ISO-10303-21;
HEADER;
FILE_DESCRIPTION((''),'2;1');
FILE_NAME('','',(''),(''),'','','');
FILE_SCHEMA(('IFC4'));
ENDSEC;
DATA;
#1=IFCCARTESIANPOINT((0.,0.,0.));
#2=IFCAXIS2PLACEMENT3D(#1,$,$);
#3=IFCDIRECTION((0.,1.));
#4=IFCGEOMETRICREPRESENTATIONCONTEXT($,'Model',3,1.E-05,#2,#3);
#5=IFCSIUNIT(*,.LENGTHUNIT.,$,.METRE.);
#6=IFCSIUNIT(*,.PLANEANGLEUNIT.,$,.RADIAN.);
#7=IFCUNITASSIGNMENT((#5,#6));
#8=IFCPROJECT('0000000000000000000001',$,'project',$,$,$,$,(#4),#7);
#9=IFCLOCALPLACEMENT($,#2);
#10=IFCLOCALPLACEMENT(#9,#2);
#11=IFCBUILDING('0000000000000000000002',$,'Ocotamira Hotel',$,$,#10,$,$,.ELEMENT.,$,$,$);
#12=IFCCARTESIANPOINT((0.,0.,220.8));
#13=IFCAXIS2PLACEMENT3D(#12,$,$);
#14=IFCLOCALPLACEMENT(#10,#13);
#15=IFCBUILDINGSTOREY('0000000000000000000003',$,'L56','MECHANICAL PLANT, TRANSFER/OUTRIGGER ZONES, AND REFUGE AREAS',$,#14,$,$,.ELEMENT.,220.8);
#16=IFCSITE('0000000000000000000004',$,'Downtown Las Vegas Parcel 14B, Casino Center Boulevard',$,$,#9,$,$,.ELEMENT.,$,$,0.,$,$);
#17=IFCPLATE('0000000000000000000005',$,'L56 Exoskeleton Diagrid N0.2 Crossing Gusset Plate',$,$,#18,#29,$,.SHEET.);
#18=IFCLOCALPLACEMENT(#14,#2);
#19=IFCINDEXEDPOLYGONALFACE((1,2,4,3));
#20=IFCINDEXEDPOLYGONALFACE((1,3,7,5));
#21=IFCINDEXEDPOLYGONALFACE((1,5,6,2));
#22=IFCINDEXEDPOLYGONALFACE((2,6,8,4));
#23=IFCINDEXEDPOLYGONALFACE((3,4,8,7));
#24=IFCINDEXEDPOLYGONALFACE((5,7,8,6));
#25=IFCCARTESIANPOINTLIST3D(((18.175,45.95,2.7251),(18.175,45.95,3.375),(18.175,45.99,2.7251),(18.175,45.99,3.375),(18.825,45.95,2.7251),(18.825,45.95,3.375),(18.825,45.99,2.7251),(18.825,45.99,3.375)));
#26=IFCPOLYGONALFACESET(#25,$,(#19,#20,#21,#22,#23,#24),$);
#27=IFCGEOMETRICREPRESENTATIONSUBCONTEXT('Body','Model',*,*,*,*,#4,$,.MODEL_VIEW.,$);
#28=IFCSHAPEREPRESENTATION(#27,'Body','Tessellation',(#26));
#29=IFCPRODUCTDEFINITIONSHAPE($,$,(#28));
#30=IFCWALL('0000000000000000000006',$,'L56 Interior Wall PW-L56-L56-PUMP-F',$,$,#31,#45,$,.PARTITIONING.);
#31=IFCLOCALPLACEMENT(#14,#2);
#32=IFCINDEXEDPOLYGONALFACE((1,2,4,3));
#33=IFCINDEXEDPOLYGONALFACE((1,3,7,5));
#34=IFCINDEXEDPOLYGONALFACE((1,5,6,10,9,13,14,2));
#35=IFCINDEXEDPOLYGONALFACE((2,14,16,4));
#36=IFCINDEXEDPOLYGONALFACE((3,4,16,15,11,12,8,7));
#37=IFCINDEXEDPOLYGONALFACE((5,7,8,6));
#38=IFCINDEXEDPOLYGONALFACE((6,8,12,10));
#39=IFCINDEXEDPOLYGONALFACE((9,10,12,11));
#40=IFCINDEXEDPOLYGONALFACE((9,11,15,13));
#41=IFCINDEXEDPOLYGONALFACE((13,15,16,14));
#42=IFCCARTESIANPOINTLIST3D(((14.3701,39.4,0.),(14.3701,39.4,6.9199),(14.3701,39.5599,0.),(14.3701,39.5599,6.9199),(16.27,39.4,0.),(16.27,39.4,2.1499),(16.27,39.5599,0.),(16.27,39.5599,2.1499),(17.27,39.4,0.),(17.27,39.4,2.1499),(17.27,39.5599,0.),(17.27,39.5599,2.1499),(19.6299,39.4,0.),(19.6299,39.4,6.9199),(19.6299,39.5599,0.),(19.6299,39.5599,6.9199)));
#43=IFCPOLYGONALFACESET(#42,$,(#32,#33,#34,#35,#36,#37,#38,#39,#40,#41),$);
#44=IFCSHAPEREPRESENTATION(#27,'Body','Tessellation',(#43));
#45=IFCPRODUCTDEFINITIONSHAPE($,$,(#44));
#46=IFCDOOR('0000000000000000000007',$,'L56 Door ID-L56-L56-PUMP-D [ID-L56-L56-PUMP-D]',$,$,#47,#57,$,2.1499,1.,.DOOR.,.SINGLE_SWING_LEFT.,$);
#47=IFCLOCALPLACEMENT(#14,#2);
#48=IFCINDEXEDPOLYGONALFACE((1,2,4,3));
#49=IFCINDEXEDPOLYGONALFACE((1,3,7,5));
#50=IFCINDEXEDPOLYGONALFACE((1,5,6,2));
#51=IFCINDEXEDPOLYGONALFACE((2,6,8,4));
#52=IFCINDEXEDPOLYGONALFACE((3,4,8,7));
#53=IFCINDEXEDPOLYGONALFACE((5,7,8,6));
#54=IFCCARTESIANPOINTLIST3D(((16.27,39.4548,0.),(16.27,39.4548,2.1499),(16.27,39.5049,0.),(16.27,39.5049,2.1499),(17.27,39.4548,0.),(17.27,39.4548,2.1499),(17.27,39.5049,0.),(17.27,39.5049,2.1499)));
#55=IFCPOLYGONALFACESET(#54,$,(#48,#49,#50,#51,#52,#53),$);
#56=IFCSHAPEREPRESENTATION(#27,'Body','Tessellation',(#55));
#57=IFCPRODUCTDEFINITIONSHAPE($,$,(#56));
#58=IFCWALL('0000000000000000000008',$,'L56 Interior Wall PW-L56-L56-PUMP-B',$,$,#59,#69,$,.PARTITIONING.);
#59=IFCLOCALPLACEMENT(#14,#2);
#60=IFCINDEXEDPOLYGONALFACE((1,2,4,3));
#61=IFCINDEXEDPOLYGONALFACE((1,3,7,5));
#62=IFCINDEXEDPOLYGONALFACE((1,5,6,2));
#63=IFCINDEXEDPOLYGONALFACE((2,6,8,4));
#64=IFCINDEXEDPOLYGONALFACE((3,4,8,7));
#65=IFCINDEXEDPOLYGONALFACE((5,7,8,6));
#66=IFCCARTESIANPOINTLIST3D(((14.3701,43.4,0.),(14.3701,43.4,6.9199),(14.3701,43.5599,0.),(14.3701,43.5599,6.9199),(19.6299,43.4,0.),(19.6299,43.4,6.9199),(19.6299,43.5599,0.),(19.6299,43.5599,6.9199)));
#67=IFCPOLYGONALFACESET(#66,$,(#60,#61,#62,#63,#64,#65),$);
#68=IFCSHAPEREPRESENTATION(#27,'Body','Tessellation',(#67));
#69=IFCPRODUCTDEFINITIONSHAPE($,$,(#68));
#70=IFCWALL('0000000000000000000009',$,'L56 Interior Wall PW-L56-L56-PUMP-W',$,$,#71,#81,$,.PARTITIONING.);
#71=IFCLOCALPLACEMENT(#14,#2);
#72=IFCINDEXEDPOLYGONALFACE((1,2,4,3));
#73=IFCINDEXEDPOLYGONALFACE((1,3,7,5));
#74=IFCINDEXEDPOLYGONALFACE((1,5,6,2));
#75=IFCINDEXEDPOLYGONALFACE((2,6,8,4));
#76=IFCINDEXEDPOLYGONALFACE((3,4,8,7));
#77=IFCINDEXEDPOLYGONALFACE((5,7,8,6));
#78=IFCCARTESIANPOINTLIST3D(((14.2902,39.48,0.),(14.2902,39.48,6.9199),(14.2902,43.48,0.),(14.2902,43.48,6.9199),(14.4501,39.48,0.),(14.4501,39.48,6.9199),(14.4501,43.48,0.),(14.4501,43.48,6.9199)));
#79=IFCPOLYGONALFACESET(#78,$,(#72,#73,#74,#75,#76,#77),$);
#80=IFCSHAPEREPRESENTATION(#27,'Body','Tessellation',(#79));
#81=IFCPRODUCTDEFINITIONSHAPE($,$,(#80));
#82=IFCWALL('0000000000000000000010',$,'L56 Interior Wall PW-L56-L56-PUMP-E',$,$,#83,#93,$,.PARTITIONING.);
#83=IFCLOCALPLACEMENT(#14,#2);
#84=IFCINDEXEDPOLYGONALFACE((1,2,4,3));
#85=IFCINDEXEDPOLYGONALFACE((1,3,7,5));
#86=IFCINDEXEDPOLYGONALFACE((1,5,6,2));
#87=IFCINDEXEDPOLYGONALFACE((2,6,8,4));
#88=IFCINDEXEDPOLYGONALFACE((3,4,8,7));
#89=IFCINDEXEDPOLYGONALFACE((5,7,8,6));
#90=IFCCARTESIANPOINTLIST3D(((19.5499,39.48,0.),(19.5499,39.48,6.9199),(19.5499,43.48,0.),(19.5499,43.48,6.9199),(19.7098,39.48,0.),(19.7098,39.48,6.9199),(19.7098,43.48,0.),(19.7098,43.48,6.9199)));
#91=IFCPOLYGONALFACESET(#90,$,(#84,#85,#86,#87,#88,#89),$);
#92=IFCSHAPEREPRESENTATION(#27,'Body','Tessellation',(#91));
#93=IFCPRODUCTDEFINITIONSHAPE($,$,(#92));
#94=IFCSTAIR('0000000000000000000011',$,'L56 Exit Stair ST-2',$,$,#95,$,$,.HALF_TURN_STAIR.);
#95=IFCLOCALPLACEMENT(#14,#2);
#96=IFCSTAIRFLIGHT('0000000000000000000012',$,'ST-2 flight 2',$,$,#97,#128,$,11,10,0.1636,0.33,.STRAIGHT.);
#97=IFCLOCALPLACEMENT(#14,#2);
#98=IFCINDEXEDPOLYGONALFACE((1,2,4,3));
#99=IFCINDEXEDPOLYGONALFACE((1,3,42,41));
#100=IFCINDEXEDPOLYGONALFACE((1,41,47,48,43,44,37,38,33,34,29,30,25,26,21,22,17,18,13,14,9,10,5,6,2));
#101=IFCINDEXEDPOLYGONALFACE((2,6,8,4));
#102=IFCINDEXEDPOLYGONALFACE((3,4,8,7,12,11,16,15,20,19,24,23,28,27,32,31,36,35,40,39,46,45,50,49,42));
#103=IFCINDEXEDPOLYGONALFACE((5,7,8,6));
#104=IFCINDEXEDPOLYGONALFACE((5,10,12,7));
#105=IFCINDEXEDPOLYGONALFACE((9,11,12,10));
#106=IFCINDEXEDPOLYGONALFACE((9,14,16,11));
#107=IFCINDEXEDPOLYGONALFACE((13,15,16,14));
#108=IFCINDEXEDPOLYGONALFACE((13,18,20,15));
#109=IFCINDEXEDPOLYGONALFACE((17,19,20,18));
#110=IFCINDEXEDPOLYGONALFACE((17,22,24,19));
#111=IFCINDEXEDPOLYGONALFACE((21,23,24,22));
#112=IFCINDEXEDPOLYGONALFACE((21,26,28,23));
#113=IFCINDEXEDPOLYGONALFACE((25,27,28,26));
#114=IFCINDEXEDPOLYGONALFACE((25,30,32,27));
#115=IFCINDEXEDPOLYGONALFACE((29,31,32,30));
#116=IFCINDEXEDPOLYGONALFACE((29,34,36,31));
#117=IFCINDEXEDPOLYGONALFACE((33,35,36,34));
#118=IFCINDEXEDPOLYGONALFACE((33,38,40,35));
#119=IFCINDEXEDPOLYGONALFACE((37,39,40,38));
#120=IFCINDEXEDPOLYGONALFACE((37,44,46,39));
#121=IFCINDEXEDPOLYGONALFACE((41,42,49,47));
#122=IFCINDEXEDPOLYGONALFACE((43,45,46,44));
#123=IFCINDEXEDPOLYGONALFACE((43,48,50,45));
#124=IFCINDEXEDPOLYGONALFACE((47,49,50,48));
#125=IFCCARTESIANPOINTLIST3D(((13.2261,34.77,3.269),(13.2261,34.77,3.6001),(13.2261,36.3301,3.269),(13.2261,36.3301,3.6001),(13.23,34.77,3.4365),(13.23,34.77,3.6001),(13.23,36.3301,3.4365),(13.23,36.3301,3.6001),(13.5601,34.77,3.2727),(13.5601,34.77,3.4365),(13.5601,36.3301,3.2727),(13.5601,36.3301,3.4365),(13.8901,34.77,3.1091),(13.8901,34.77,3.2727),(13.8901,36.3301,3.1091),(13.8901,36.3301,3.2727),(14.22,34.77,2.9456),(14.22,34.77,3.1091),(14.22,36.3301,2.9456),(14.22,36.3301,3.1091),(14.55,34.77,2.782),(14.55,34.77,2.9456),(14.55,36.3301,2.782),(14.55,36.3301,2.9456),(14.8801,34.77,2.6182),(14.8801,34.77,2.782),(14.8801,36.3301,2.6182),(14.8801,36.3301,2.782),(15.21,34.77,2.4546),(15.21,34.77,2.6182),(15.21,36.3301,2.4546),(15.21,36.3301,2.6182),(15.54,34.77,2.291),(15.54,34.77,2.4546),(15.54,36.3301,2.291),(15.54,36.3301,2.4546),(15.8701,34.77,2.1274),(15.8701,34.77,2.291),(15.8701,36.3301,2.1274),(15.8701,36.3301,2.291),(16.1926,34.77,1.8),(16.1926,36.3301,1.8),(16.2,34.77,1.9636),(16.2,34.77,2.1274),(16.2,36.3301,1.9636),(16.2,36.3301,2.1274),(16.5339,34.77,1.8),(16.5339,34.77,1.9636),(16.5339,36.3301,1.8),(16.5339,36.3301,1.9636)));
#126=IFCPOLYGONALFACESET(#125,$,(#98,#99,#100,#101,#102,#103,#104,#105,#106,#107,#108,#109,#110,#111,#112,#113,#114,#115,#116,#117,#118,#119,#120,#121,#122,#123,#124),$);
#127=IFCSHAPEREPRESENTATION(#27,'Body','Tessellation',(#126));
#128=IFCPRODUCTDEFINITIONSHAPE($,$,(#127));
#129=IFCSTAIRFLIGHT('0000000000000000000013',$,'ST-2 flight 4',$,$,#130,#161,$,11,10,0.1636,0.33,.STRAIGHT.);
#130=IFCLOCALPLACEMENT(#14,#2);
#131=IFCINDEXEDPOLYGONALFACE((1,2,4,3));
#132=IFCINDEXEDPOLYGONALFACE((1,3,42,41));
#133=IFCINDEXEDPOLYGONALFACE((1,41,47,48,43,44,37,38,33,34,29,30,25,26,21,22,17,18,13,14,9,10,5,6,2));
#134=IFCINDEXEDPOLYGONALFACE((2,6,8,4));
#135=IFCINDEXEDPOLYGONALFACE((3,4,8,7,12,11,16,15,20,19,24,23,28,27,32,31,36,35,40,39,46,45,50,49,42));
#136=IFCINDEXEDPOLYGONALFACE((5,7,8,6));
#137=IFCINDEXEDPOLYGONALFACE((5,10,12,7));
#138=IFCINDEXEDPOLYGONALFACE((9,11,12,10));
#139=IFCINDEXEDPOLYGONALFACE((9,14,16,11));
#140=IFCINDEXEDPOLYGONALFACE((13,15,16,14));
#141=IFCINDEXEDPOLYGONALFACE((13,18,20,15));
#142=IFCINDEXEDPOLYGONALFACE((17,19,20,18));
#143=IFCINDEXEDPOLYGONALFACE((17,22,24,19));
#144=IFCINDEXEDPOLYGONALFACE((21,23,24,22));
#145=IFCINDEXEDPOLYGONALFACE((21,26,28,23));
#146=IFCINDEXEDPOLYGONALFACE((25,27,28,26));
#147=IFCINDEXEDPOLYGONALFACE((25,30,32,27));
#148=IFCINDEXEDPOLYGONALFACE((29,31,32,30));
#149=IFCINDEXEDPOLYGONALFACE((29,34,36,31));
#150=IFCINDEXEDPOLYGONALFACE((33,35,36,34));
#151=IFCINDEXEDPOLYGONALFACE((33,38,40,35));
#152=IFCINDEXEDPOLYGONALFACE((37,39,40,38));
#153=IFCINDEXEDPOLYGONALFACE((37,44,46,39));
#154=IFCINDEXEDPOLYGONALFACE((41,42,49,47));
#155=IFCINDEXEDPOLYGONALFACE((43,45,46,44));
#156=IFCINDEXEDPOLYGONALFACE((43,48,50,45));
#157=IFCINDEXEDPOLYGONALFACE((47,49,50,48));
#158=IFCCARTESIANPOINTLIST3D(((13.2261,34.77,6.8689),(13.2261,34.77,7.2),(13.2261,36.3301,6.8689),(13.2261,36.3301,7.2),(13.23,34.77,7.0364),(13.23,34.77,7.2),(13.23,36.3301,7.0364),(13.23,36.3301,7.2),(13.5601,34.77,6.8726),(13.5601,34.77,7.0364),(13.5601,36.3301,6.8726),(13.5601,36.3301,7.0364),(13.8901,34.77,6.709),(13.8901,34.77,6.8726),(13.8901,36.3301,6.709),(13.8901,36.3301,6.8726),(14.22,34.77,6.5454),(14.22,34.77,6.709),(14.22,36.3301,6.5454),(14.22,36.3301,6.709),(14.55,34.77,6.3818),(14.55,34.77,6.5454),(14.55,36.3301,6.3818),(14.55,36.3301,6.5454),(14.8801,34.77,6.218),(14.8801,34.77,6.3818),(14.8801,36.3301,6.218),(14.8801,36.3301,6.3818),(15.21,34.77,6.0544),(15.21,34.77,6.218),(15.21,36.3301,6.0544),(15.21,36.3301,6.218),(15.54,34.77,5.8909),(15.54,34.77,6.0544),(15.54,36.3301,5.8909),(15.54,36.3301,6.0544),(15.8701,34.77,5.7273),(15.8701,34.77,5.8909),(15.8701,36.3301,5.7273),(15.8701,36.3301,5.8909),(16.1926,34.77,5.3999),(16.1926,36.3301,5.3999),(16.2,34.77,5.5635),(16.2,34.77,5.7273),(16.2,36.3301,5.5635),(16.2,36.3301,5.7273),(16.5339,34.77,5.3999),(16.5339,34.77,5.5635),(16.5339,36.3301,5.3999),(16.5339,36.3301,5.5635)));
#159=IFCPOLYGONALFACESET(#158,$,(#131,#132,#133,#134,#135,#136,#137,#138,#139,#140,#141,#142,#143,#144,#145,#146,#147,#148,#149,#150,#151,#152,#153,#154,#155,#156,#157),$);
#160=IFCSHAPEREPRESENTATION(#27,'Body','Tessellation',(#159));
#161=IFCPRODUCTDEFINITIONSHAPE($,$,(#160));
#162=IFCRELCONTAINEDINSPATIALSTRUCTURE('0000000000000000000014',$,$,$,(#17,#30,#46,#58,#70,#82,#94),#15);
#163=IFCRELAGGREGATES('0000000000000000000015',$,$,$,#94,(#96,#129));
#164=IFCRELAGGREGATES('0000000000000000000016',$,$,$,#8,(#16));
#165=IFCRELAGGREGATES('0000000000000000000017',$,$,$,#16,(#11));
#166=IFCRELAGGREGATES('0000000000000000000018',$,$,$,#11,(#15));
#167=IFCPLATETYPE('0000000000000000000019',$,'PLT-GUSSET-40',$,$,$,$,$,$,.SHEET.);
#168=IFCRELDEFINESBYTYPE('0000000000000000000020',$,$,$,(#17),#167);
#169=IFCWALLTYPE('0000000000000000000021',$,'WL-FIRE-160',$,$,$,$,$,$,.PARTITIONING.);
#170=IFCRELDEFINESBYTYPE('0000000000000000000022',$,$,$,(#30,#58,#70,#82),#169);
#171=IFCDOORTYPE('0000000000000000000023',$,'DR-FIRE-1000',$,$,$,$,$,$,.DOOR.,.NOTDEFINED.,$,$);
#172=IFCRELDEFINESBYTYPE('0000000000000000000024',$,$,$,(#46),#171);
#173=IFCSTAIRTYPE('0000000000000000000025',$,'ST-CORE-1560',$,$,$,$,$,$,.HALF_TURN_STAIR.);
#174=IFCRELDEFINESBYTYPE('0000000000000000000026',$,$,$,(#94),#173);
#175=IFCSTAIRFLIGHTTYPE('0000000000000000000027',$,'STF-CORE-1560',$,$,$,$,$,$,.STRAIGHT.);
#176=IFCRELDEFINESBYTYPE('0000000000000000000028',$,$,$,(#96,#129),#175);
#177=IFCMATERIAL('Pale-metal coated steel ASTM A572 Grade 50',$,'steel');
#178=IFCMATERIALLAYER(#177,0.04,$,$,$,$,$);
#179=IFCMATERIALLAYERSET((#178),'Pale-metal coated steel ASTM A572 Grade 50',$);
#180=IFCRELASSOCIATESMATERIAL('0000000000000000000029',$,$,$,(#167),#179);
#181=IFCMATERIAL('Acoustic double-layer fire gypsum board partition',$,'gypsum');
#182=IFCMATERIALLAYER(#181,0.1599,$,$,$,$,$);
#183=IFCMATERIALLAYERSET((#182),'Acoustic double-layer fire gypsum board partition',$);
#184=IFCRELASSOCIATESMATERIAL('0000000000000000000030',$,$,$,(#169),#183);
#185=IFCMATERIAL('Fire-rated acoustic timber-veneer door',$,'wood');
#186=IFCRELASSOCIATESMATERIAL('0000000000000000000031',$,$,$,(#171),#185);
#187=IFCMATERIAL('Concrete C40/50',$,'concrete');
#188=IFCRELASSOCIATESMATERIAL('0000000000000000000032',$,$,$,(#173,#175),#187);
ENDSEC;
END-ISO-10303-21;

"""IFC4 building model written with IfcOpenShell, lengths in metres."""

from ifc_helpers import new_model, si_unit, direction, frame, frame_2d, origin, origin_2d, place, context, subcontext, project, spatial, polyline, rectangle, outline, extrude, source, transform, mapped, material, layer, layer_set, type_object, element, fill, aggregate, save


model = new_model("IFC4")

# Units and contexts
model_context = context("Model", 3, precision=1e-05, world=origin(), true_north=direction((0.0, 1.0)))
body_context = subcontext(model_context, "Body", "Model", "MODEL_VIEW")
ifc_project = project(units=[si_unit("LENGTHUNIT", "METRE"), si_unit("PLANEANGLEUNIT", "RADIAN")], contexts=[model_context])

# Site, building, storey
site_placement = place(None, origin())
site = spatial("IfcSite", under=ifc_project, at=site_placement, Name="Downtown Las Vegas Parcel 14B, Casino Center Boulevard", CompositionType="ELEMENT", RefElevation=0.0)
building_placement = place(site_placement, origin())
building = spatial("IfcBuilding", under=site, at=building_placement, Name="Ocotamira Hotel", CompositionType="ELEMENT")
storey_placement = place(building_placement, frame((0.0, 0.0, 220.8)))
storey = spatial("IfcBuildingStorey", under=building, at=storey_placement, Name="L56", Description="MECHANICAL PLANT, TRANSFER/OUTRIGGER ZONES, AND REFUGE AREAS", CompositionType="ELEMENT", Elevation=220.8)

# Plate
ifc_material_1 = material(Name="Pale-metal coated steel ASTM A572 Grade 50", Category="steel")
ifc_layer_1 = layer(ifc_material_1, 0.04)
ifc_layer_set_1 = layer_set([ifc_layer_1], Name="Pale-metal coated steel ASTM A572 Grade 50")
plate_type = type_object("IfcPlateType", Name="PLT-GUSSET-40", PredefinedType="SHEET", material=ifc_layer_set_1)
shared_shape_1 = source(origin(), body_context, "Body", "SweptSolid", [
    extrude(rectangle(XDim=0.6499, YDim=0.04, at=origin_2d()), origin(), (0.0, 0.0, 1.0), 0.6499),
])
for number, where, z_axis, x_axis, name in (
    (1, (18.5, 45.97, 2.7251), (0.0, 0.0, 1.0), (-1.0, 0.0, 0.0), "L56 Exoskeleton Diagrid N0.2 Crossing Gusset Plate"),
):
    element("IfcPlate", number, at=place(storey_placement, frame(where, z_axis=z_axis, x_axis=x_axis)), inside=storey, type_object=plate_type, Name=name, PredefinedType="SHEET", context=body_context, shape_type="MappedRepresentation", body=[
        mapped(shared_shape_1, transform((0.0, 0.0, 0.0), scale=1.0)),
    ])

# Wall, opening, door
ifc_material_2 = material(Name="Acoustic double-layer fire gypsum board partition", Category="gypsum")
ifc_layer_2 = layer(ifc_material_2, 0.1599)
ifc_layer_set_2 = layer_set([ifc_layer_2], Name="Acoustic double-layer fire gypsum board partition")
wall_type = type_object("IfcWallType", Name="WL-FIRE-160", PredefinedType="PARTITIONING", material=ifc_layer_set_2)
wall_1_placement = place(storey_placement, frame((14.3701, 39.48, 0.0), z_axis=(0.0, 0.0, 1.0), x_axis=(1.0, 0.0, 0.0)))
wall_1 = element("IfcWall", 2, at=wall_1_placement, inside=storey, type_object=wall_type, Name="L56 Interior Wall PW-L56-L56-PUMP-F", PredefinedType="PARTITIONING", context=body_context, shape_type="SweptSolid", body=[
    extrude(rectangle(XDim=5.2598, YDim=0.1599, at=frame_2d((2.6299, 0.0))), origin(), (0.0, 0.0, 1.0), 6.9199),
])
opening_placement = place(wall_1_placement, frame((1.8999, 0.0, 0.0)))
opening = element("IfcOpeningElement", 3, at=opening_placement, cuts=wall_1, PredefinedType="OPENING", context=body_context, shape_type="SweptSolid", body=[
    extrude(rectangle(XDim=1.0, YDim=2.1499, at=frame_2d((0.5, 1.075))), frame((0.0, 0.0898, 0.0), z_axis=(0.0, -1.0, 0.0), x_axis=(1.0, 0.0, 0.0)), (0.0, 0.0, 1.0), 0.1799),
])
ifc_material_3 = material(Name="Fire-rated acoustic timber-veneer door", Category="wood")
door_type = type_object("IfcDoorType", Name="DR-FIRE-1000", OperationType="NOTDEFINED", PredefinedType="DOOR", material=ifc_material_3)
shared_shape_2 = source(origin(), body_context, "Body", "SweptSolid", [
    extrude(rectangle(XDim=1.0, YDim=2.1499, at=frame_2d((0.5, 1.075))), frame((0.0, 0.0249, 0.0), z_axis=(0.0, -1.0, 0.0), x_axis=(1.0, 0.0, 0.0)), (0.0, 0.0, 1.0), 0.05),
])
door_placement = place(opening_placement, origin())
door = element("IfcDoor", 4, at=door_placement, inside=storey, type_object=door_type, Name="L56 Door ID-L56-L56-PUMP-D [ID-L56-L56-PUMP-D]", OperationType="SINGLE_SWING_LEFT", OverallHeight=2.1499, OverallWidth=1.0, PredefinedType="DOOR", context=body_context, shape_type="MappedRepresentation", body=[
    mapped(shared_shape_2, transform((0.0, 0.0, 0.0), scale=1.0)),
])
fill(opening, door)

# Walls
wall_2_placement = place(storey_placement, frame((14.3701, 43.48, 0.0), z_axis=(0.0, 0.0, 1.0), x_axis=(1.0, 0.0, 0.0)))
element("IfcWall", 5, at=wall_2_placement, inside=storey, type_object=wall_type, Name="L56 Interior Wall PW-L56-L56-PUMP-B", PredefinedType="PARTITIONING", context=body_context, shape_type="SweptSolid", body=[
    extrude(rectangle(XDim=5.2598, YDim=0.1599, at=frame_2d((2.6299, 0.0))), origin(), (0.0, 0.0, 1.0), 6.9199),
])
for number, where, z_axis, x_axis, name in (
    (6, (14.3701, 39.48, 0.0), (0.0, 0.0, 1.0), (0.0, 1.0, 0.0), "L56 Interior Wall PW-L56-L56-PUMP-W"),
    (7, (19.6299, 39.48, 0.0), (0.0, 0.0, 1.0), (0.0, 1.0, 0.0), "L56 Interior Wall PW-L56-L56-PUMP-E"),
):
    element("IfcWall", number, at=place(storey_placement, frame(where, z_axis=z_axis, x_axis=x_axis)), inside=storey, type_object=wall_type, Name=name, PredefinedType="PARTITIONING", context=body_context, shape_type="SweptSolid", body=[
        extrude(rectangle(XDim=4.0, YDim=0.1599, at=frame_2d((2.0, 0.0))), origin(), (0.0, 0.0, 1.0), 6.9199),
    ])

# Stair, stair flights
ifc_material_4 = material(Name="Concrete C40/50", Category="concrete")
stair_type = type_object("IfcStairType", Name="ST-CORE-1560", PredefinedType="HALF_TURN_STAIR", material=ifc_material_4)
stair_placement = place(storey_placement, origin())
stair = element("IfcStair", 8, at=stair_placement, inside=storey, type_object=stair_type, Name="L56 Exit Stair ST-2", PredefinedType="HALF_TURN_STAIR")
stair_flight_type = type_object("IfcStairFlightType", Name="STF-CORE-1560", PredefinedType="STRAIGHT", material=ifc_material_4)
shared_shape_3 = source(origin(), body_context, "Body", "SweptSolid", [
    extrude(outline(polyline([(-0.0039, 0.0), (-0.0039, 0.1636), (0.3301, 0.1636), (0.3301, 0.3274), (0.6599, 0.3274), (0.6599, 0.491), (0.99, 0.491), (0.99, 0.6545), (1.3201, 0.6545), (1.3201, 0.8181), (1.6499, 0.8181), (1.6499, 0.9819), (1.98, 0.9819), (1.98, 1.1455), (2.3101, 1.1455), (2.3101, 1.3091), (2.6399, 1.3091), (2.6399, 1.4727), (2.97, 1.4727), (2.97, 1.6365), (3.3, 1.6365), (3.3, 1.8), (3.304, 1.8), (3.304, 1.469), (0.3374, 0.0), (-0.0039, 0.0)])), frame((0.0, 0.78, 0.0), z_axis=(0.0, -1.0, 0.0), x_axis=(1.0, 0.0, 0.0)), (0.0, 0.0, 1.0), 1.5601),
])
stair_flight_1_placement = place(storey_placement, frame((16.53, 35.55, 1.8), z_axis=(0.0, 0.0, 1.0), x_axis=(-1.0, 0.0, 0.0)))
stair_flight_1 = element("IfcStairFlight", 9, at=stair_flight_1_placement, type_object=stair_flight_type, Name="ST-2 flight 2", NumberOfRisers=11, NumberOfTreads=10, PredefinedType="STRAIGHT", RiserHeight=0.1636, TreadLength=0.33, context=body_context, shape_type="MappedRepresentation", body=[
    mapped(shared_shape_3, transform((0.0, 0.0, 0.0), scale=1.0)),
])
stair_flight_2_placement = place(storey_placement, frame((16.53, 35.55, 5.3999), z_axis=(0.0, 0.0, 1.0), x_axis=(-1.0, 0.0, 0.0)))
stair_flight_2 = element("IfcStairFlight", 10, at=stair_flight_2_placement, type_object=stair_flight_type, Name="ST-2 flight 4", NumberOfRisers=11, NumberOfTreads=10, PredefinedType="STRAIGHT", RiserHeight=0.1636, TreadLength=0.33, context=body_context, shape_type="MappedRepresentation", body=[
    mapped(shared_shape_3, transform((0.0, 0.0, 0.0), scale=1.0)),
])
aggregate(stair, [stair_flight_1, stair_flight_2])

save(model, "model.ifc")
